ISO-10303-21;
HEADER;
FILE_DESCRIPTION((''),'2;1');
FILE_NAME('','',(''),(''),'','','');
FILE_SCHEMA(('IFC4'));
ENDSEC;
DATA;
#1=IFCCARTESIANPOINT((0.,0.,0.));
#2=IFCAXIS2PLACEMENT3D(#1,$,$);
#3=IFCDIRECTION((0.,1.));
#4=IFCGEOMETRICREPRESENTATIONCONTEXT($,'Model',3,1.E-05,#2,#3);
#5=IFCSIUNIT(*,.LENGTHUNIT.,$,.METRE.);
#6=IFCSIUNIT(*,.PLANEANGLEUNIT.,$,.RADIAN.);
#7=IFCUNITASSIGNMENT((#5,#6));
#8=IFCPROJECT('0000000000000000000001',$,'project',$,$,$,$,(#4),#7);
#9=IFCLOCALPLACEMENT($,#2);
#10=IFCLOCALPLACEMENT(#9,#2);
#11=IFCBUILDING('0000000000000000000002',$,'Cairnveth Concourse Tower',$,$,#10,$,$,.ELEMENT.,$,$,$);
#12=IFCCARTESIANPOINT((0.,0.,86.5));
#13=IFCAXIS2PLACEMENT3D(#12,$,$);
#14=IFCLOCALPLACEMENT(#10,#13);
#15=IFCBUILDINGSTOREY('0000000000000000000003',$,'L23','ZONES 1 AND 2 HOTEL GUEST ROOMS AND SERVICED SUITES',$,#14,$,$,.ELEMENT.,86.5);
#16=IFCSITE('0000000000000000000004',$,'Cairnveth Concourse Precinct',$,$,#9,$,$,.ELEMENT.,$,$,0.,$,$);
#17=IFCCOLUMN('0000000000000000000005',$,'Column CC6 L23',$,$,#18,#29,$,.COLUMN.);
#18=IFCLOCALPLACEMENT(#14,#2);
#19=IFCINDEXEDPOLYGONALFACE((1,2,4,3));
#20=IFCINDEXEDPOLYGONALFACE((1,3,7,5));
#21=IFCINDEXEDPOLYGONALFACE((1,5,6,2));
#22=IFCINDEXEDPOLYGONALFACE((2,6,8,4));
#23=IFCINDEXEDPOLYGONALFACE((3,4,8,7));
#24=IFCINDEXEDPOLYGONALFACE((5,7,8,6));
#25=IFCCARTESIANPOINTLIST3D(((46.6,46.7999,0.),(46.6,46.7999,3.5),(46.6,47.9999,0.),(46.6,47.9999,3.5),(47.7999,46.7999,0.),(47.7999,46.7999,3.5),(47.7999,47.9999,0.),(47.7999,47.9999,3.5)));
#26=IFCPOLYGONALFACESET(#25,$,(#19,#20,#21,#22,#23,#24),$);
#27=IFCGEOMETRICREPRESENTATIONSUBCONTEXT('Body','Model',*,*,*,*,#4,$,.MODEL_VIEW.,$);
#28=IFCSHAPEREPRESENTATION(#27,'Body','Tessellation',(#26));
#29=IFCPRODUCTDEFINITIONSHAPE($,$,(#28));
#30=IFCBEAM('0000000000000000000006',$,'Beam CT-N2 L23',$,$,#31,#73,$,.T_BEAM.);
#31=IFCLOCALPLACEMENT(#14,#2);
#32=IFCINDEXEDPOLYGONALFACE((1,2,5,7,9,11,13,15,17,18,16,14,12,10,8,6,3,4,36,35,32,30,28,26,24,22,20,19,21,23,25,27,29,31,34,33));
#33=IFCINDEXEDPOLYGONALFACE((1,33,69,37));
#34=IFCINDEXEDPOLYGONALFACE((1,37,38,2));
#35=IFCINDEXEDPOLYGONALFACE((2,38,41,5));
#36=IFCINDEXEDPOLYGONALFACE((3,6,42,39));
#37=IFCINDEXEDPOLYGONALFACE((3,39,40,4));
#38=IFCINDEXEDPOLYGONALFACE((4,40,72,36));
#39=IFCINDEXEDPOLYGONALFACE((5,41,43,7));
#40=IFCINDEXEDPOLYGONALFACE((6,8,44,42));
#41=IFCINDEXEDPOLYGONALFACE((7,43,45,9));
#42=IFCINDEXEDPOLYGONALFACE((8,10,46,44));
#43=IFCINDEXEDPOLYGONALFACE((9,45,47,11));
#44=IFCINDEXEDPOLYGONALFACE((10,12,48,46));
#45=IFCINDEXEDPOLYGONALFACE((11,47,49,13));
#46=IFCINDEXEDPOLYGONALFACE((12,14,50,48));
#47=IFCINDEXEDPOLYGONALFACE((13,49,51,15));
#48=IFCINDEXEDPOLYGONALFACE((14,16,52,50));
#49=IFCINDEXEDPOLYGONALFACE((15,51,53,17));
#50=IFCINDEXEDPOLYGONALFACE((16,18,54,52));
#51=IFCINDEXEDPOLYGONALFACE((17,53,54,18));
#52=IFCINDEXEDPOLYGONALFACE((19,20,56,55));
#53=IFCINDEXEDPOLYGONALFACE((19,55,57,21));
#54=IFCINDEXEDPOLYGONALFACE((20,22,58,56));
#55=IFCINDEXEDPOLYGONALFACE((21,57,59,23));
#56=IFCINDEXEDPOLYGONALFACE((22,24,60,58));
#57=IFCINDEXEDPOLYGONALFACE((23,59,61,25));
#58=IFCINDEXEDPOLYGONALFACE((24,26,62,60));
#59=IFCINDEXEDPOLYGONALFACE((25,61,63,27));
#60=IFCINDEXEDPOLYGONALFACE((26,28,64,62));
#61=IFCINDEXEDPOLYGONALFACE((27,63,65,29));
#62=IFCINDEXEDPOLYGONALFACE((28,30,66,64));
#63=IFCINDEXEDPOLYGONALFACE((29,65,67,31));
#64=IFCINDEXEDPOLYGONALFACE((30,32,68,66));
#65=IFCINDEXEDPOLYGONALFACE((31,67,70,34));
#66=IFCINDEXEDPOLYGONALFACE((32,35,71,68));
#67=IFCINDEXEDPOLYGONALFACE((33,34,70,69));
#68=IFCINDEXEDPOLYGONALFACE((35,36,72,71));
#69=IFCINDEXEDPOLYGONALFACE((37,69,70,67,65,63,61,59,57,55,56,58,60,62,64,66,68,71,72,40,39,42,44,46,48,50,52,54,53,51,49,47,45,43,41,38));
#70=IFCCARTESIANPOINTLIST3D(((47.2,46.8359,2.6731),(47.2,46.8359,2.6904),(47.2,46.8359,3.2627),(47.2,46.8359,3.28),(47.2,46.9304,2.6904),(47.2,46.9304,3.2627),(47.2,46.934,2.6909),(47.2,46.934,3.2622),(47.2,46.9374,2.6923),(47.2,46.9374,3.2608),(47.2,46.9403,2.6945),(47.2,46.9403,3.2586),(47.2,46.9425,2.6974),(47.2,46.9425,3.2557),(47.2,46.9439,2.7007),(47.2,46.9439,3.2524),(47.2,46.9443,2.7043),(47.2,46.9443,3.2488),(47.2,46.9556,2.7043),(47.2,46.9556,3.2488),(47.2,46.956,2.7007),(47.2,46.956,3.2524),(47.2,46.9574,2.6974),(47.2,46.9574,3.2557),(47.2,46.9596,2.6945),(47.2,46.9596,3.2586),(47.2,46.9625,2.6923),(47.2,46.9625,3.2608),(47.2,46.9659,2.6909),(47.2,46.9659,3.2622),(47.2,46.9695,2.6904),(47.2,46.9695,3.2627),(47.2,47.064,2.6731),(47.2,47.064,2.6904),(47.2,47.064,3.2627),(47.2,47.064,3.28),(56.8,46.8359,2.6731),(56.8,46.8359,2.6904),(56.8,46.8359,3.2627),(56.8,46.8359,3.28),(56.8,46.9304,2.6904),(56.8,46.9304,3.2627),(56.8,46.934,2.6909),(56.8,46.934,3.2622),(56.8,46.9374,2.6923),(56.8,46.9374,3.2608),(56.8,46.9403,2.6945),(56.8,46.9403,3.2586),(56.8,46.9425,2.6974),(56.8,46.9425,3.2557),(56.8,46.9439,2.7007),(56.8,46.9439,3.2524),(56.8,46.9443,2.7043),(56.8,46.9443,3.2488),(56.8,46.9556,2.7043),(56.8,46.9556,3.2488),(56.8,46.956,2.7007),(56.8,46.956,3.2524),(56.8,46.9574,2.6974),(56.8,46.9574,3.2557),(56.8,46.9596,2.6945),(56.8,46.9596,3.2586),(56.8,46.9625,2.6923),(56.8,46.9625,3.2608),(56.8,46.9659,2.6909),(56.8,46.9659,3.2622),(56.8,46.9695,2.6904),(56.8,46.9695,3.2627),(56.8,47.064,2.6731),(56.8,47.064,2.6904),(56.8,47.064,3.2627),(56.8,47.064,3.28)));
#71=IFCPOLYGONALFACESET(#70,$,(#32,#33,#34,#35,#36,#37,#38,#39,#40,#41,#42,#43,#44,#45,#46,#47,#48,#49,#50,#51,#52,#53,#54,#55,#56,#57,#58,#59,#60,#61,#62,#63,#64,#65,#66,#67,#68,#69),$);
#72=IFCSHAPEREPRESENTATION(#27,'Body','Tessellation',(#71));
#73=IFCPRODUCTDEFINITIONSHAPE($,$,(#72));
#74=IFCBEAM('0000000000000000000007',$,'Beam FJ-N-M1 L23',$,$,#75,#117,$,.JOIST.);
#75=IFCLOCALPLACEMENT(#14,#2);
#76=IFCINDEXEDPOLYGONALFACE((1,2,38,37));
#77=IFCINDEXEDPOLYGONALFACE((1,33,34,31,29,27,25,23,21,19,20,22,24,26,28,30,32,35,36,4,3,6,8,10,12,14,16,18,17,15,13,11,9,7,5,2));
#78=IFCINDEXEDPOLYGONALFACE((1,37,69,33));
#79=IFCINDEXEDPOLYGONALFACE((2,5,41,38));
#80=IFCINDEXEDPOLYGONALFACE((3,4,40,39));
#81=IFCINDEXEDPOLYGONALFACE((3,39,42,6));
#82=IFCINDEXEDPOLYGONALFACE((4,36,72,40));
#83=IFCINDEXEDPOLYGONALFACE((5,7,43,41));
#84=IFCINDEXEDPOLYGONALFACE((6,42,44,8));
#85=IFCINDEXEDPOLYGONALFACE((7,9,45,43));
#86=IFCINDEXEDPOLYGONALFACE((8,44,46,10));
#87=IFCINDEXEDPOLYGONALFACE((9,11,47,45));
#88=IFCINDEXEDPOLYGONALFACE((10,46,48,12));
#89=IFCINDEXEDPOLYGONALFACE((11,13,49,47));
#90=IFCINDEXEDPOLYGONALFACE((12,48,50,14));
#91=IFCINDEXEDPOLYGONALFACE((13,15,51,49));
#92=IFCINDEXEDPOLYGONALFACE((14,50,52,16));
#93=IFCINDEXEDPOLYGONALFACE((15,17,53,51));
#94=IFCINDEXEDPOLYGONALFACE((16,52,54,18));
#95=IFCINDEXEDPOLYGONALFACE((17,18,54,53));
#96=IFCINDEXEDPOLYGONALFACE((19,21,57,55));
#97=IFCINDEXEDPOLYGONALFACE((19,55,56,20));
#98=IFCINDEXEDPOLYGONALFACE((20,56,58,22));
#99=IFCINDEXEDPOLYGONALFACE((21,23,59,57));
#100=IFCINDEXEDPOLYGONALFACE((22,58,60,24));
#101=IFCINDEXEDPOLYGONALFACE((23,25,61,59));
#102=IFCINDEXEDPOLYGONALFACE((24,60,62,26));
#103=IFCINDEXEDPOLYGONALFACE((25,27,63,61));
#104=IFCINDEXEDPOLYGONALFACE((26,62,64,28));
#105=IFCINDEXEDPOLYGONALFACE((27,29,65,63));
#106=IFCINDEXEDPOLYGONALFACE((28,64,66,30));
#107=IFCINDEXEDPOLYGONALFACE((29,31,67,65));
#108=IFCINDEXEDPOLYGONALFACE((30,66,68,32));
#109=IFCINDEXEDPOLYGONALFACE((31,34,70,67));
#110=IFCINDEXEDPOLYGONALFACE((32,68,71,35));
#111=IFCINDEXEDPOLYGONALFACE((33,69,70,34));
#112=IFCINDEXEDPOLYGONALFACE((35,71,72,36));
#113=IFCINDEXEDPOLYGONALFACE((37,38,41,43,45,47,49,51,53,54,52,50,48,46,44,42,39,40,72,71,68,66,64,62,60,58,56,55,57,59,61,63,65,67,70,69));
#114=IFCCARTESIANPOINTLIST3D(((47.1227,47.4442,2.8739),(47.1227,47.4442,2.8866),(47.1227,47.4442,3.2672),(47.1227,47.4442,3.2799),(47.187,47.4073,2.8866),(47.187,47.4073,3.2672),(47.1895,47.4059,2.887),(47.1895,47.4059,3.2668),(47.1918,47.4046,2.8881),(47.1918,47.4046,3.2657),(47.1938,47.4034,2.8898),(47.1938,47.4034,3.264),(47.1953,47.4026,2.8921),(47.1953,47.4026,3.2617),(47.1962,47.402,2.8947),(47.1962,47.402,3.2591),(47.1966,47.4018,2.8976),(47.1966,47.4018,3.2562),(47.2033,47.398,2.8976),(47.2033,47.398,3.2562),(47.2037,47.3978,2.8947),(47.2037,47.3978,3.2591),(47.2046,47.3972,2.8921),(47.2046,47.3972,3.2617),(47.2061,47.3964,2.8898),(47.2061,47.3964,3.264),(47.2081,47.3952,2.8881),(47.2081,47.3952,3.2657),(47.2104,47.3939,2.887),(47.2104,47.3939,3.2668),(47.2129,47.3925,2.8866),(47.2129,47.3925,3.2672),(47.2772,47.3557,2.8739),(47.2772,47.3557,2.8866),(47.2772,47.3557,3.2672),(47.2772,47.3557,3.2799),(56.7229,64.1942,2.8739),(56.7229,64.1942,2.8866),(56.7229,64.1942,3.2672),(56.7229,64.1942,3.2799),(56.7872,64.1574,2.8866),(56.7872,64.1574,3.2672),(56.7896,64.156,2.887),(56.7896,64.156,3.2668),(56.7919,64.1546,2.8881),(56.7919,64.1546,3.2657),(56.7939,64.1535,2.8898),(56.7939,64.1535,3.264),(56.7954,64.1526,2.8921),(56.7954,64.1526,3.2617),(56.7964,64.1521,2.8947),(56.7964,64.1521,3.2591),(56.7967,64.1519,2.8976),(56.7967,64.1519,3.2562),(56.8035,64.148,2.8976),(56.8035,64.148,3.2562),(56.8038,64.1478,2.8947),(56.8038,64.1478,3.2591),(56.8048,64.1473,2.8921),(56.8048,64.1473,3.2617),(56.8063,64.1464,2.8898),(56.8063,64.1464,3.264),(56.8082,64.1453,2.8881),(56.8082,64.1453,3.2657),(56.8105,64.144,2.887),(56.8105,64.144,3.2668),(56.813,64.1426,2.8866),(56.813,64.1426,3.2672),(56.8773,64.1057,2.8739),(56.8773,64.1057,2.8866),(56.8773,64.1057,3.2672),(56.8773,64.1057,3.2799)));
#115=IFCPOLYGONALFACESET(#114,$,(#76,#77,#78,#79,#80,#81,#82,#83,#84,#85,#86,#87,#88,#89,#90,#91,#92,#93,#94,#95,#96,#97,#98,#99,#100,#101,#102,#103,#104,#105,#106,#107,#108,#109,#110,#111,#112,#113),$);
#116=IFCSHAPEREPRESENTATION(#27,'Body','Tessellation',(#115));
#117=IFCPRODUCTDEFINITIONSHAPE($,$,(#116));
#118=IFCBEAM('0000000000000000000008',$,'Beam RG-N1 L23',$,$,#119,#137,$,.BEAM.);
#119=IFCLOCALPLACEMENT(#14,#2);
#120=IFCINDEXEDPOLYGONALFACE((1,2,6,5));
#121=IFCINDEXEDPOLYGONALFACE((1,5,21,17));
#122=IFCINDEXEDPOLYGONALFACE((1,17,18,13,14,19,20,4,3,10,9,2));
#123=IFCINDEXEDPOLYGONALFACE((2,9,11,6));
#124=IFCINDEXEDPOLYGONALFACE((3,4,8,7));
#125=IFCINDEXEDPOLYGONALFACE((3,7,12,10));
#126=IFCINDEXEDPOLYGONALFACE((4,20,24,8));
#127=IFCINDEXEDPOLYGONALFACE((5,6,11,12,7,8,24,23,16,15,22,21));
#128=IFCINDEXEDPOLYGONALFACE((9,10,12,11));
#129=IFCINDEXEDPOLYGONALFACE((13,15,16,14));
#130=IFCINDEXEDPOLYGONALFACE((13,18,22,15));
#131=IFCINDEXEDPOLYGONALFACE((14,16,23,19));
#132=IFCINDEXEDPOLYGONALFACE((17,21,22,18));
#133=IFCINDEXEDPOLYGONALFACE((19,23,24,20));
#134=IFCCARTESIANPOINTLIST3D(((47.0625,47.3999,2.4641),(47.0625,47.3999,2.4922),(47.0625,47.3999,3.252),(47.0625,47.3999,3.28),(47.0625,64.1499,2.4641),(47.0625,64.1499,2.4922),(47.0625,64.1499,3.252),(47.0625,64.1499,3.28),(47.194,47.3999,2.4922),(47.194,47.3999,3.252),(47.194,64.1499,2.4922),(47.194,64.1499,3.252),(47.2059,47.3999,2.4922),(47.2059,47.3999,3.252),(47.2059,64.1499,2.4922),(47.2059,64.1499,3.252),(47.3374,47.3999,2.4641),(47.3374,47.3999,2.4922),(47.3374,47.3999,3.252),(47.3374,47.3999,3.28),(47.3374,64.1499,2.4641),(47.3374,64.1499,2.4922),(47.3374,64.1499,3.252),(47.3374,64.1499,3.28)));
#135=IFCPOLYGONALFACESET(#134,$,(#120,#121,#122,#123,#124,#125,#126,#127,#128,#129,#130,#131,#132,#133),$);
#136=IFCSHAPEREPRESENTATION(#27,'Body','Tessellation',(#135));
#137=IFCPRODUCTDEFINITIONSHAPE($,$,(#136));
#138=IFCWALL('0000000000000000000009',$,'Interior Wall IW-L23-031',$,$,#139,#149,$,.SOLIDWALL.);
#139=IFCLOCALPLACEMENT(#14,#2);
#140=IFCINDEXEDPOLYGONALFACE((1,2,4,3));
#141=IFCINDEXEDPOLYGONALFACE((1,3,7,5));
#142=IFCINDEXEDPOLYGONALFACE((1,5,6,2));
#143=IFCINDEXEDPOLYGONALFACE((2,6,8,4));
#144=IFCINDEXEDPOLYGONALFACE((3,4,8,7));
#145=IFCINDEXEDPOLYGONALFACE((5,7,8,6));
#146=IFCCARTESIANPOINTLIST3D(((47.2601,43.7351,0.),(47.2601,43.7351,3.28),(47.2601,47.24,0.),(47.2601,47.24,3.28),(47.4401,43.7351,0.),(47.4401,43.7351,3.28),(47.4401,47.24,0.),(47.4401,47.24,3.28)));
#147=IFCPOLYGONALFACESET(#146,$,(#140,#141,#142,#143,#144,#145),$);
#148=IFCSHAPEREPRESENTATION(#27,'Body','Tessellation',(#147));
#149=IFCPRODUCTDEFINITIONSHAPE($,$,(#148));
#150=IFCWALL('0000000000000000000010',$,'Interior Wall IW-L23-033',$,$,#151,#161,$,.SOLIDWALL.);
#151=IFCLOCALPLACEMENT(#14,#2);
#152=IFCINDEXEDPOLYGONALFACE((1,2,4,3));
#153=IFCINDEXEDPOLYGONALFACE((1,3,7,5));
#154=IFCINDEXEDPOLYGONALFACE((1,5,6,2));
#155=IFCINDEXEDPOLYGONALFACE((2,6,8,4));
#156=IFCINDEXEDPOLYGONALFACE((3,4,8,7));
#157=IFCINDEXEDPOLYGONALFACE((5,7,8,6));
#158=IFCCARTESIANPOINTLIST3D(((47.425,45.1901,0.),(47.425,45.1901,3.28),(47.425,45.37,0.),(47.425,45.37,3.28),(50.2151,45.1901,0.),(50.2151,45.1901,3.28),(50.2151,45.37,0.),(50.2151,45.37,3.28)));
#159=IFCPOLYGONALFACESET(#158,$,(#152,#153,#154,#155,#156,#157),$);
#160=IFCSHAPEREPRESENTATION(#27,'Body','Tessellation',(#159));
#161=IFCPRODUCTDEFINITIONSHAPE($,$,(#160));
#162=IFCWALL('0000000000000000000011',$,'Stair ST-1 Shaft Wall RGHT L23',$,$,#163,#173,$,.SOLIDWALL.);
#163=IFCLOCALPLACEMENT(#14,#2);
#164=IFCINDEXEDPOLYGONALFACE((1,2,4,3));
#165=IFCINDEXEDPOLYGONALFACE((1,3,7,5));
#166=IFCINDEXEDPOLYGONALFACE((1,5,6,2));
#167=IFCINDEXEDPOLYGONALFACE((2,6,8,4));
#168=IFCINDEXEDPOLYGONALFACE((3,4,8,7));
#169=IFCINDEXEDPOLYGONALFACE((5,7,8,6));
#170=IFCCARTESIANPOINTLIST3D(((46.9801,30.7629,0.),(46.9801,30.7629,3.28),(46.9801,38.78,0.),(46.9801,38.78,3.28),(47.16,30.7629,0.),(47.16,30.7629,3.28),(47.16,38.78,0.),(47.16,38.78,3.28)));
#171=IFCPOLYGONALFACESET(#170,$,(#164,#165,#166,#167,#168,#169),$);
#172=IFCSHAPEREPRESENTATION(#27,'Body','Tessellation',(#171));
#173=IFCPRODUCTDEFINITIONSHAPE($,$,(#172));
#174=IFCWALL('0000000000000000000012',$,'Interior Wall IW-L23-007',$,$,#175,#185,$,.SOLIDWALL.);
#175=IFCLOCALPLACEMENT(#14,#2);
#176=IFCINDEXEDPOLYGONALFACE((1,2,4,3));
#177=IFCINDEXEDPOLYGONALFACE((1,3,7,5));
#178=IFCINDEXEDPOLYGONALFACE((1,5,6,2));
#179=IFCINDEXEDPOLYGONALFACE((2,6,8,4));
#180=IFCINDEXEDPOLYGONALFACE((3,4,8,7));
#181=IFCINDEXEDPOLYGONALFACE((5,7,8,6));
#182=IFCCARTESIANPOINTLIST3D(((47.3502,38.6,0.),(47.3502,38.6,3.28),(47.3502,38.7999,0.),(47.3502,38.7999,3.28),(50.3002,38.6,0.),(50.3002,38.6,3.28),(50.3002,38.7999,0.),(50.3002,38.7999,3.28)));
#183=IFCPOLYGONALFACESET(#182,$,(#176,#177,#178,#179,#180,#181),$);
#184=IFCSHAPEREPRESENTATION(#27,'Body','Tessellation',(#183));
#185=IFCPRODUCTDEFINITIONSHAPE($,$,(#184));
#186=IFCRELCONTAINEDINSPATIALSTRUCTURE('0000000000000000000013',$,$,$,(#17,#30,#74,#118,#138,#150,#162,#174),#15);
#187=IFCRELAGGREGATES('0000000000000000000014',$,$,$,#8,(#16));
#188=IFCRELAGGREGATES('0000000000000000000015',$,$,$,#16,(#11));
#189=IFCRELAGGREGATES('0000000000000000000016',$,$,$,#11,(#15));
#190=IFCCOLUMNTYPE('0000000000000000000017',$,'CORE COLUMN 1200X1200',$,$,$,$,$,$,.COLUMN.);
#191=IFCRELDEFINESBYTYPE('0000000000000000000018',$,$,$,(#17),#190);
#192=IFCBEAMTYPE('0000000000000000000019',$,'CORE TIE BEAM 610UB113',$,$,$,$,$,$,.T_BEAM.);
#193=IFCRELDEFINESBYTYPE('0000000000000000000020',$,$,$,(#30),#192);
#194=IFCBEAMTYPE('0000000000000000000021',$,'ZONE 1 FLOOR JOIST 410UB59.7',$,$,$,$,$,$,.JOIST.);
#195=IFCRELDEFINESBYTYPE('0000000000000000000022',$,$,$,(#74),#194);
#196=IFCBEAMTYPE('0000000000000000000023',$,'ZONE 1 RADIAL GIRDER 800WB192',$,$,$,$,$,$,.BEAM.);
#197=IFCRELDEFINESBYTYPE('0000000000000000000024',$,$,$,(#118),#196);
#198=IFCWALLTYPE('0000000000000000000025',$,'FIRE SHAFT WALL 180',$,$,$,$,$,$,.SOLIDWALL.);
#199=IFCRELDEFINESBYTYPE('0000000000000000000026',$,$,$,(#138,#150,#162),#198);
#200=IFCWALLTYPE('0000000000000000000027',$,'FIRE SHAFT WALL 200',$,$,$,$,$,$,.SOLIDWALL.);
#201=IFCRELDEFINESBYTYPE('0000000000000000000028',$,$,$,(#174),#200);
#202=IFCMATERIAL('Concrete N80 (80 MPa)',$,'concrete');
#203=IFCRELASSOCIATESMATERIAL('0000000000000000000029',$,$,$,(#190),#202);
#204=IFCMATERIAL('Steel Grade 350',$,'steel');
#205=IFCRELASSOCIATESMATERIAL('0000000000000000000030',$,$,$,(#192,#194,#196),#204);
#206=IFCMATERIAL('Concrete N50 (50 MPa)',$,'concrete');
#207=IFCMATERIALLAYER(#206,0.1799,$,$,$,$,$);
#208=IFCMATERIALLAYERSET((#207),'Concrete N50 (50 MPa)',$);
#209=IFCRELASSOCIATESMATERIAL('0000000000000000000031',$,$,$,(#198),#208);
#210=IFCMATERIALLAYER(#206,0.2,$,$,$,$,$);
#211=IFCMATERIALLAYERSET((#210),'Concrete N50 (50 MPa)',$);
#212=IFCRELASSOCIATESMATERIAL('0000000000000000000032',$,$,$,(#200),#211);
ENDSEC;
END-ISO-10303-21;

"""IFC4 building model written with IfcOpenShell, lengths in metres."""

from ifc_helpers import new_model, si_unit, direction, frame, frame_2d, origin, origin_2d, place, context, subcontext, project, spatial, rectangle, i_section, extrude, material, layer, layer_set, material_profile, profile_set, type_object, element, save


model = new_model("IFC4")

# Units and contexts
model_context = context("Model", 3, precision=1e-05, world=origin(), true_north=direction((0.0, 1.0)))
body_context = subcontext(model_context, "Body", "Model", "MODEL_VIEW")
ifc_project = project(units=[si_unit("LENGTHUNIT", "METRE"), si_unit("PLANEANGLEUNIT", "RADIAN")], contexts=[model_context])

# Site, building, storey
site_placement = place(None, origin())
site = spatial("IfcSite", under=ifc_project, at=site_placement, Name="Cairnveth Concourse Precinct", CompositionType="ELEMENT", RefElevation=0.0)
building_placement = place(site_placement, origin())
building = spatial("IfcBuilding", under=site, at=building_placement, Name="Cairnveth Concourse Tower", CompositionType="ELEMENT")
storey_placement = place(building_placement, frame((0.0, 0.0, 86.5)))
storey = spatial("IfcBuildingStorey", under=building, at=storey_placement, Name="L23", Description="ZONES 1 AND 2 HOTEL GUEST ROOMS AND SERVICED SUITES", CompositionType="ELEMENT", Elevation=86.5)

# Column
ifc_material_1 = material(Name="Concrete N80 (80 MPa)", Category="concrete")
ifc_material_profile_1 = material_profile(ifc_material_1, rectangle(XDim=1.2, YDim=1.2, at=origin_2d()), Name="RC-COL-1200x1200")
ifc_profile_set_1 = profile_set([ifc_material_profile_1], Name="Concrete N80 (80 MPa)")
column_type = type_object("IfcColumnType", Name="CORE COLUMN 1200X1200", PredefinedType="COLUMN", material=ifc_profile_set_1)
column_placement = place(storey_placement, frame((47.2, 47.3999, 0.0), z_axis=(0.0, 0.0, 1.0), x_axis=(1.0, 0.0, 0.0)))
element("IfcColumn", 1, at=column_placement, inside=storey, type_object=column_type, Name="Column CC6 L23", PredefinedType="COLUMN", context=body_context, shape_type="SweptSolid", body=[
    extrude(rectangle(XDim=1.2, YDim=1.2, at=origin_2d()), origin(), (0.0, 0.0, 1.0), 3.5),
])

# Beams
ifc_material_2 = material(Name="Steel Grade 350", Category="steel")
ifc_material_profile_2 = material_profile(ifc_material_2, i_section(OverallWidth=0.228, OverallDepth=0.6069, WebThickness=0.0112, FlangeThickness=0.0173, FilletRadius=0.0139, at=origin_2d()), Name="610UB113")
ifc_profile_set_2 = profile_set([ifc_material_profile_2], Name="Steel Grade 350")
beam_type_1 = type_object("IfcBeamType", Name="CORE TIE BEAM 610UB113", PredefinedType="T_BEAM", material=ifc_profile_set_2)
beam_1_placement = place(storey_placement, frame((47.2, 46.95, 2.9766), z_axis=(1.0, 0.0, 0.0), x_axis=(0.0, 1.0, 0.0)))
element("IfcBeam", 2, at=beam_1_placement, inside=storey, type_object=beam_type_1, Name="Beam CT-N2 L23", PredefinedType="T_BEAM", context=body_context, shape_type="SweptSolid", body=[
    extrude(i_section(OverallWidth=0.228, OverallDepth=0.6069, WebThickness=0.0112, FlangeThickness=0.0173, FilletRadius=0.0139, at=origin_2d()), origin(), (0.0, 0.0, 1.0), 9.6001),
])
ifc_material_profile_3 = material_profile(ifc_material_2, i_section(OverallWidth=0.178, OverallDepth=0.406, WebThickness=0.0078, FlangeThickness=0.0127, FilletRadius=0.011, at=origin_2d()), Name="410UB59.7")
ifc_profile_set_3 = profile_set([ifc_material_profile_3], Name="Steel Grade 350")
beam_type_2 = type_object("IfcBeamType", Name="ZONE 1 FLOOR JOIST 410UB59.7", PredefinedType="JOIST", material=ifc_profile_set_3)
beam_2_placement = place(storey_placement, frame((47.2, 47.3999, 3.0769), z_axis=(0.497258, 0.867603, 0.0), x_axis=(-0.867603, 0.497258, 0.0)))
element("IfcBeam", 3, at=beam_2_placement, inside=storey, type_object=beam_type_2, Name="Beam FJ-N-M1 L23", PredefinedType="JOIST", context=body_context, shape_type="SweptSolid", body=[
    extrude(i_section(OverallWidth=0.178, OverallDepth=0.406, WebThickness=0.0078, FlangeThickness=0.0127, FilletRadius=0.011, at=origin_2d()), origin(), (0.0, 0.0, 1.0), 19.3062),
])
ifc_material_profile_4 = material_profile(ifc_material_2, i_section(OverallWidth=0.2749, OverallDepth=0.8159, WebThickness=0.012, FlangeThickness=0.0281, at=origin_2d()), Name="800WB192")
ifc_profile_set_4 = profile_set([ifc_material_profile_4], Name="Steel Grade 350")
beam_type_3 = type_object("IfcBeamType", Name="ZONE 1 RADIAL GIRDER 800WB192", PredefinedType="BEAM", material=ifc_profile_set_4)
beam_3_placement = place(storey_placement, frame((47.2, 47.3999, 2.8721), z_axis=(0.0, 1.0, 0.0), x_axis=(-1.0, 0.0, 0.0)))
element("IfcBeam", 4, at=beam_3_placement, inside=storey, type_object=beam_type_3, Name="Beam RG-N1 L23", PredefinedType="BEAM", context=body_context, shape_type="SweptSolid", body=[
    extrude(i_section(OverallWidth=0.2749, OverallDepth=0.8159, WebThickness=0.012, FlangeThickness=0.0281, at=origin_2d()), origin(), (0.0, 0.0, 1.0), 16.75),
])

# Walls
ifc_material_3 = material(Name="Concrete N50 (50 MPa)", Category="concrete")
ifc_layer_1 = layer(ifc_material_3, 0.1799)
ifc_layer_set_1 = layer_set([ifc_layer_1], Name="Concrete N50 (50 MPa)")
wall_type_1 = type_object("IfcWallType", Name="FIRE SHAFT WALL 180", PredefinedType="SOLIDWALL", material=ifc_layer_set_1)
wall_1_placement = place(storey_placement, frame((47.3501, 43.7351, 0.0), z_axis=(0.0, 0.0, 1.0), x_axis=(0.0, 1.0, 0.0)))
element("IfcWall", 5, at=wall_1_placement, inside=storey, type_object=wall_type_1, Name="Interior Wall IW-L23-031", PredefinedType="SOLIDWALL", context=body_context, shape_type="SweptSolid", body=[
    extrude(rectangle(XDim=3.5049, YDim=0.1799, at=frame_2d((1.7524, 0.0))), origin(), (0.0, 0.0, 1.0), 3.28),
])
wall_2_placement = place(storey_placement, frame((47.425, 45.28, 0.0), z_axis=(0.0, 0.0, 1.0), x_axis=(1.0, 0.0, 0.0)))
element("IfcWall", 6, at=wall_2_placement, inside=storey, type_object=wall_type_1, Name="Interior Wall IW-L23-033", PredefinedType="SOLIDWALL", context=body_context, shape_type="SweptSolid", body=[
    extrude(rectangle(XDim=2.79, YDim=0.1799, at=frame_2d((1.395, 0.0))), origin(), (0.0, 0.0, 1.0), 3.28),
])

# Walls
wall_3_placement = place(storey_placement, frame((47.0701, 38.78, 0.0), z_axis=(0.0, 0.0, 1.0), x_axis=(0.0, -1.0, 0.0)))
element("IfcWall", 7, at=wall_3_placement, inside=storey, type_object=wall_type_1, Name="Stair ST-1 Shaft Wall RGHT L23", PredefinedType="SOLIDWALL", context=body_context, shape_type="SweptSolid", body=[
    extrude(rectangle(XDim=8.0171, YDim=0.1799, at=frame_2d((4.0085, 0.0))), origin(), (0.0, 0.0, 1.0), 3.28),
])
ifc_layer_2 = layer(ifc_material_3, 0.2)
ifc_layer_set_2 = layer_set([ifc_layer_2], Name="Concrete N50 (50 MPa)")
wall_type_2 = type_object("IfcWallType", Name="FIRE SHAFT WALL 200", PredefinedType="SOLIDWALL", material=ifc_layer_set_2)
for number, where, z_axis, x_axis, name in (
    (8, (47.3501, 38.7, 0.0), (0.0, 0.0, 1.0), (1.0, 0.0, 0.0), "Interior Wall IW-L23-007"),
):
    element("IfcWall", number, at=place(storey_placement, frame(where, z_axis=z_axis, x_axis=x_axis)), inside=storey, type_object=wall_type_2, Name=name, PredefinedType="SOLIDWALL", context=body_context, shape_type="SweptSolid", body=[
        extrude(rectangle(XDim=2.95, YDim=0.2, at=frame_2d((1.4751, 0.0))), origin(), (0.0, 0.0, 1.0), 3.28),
    ])

save(model, "model.ifc")
